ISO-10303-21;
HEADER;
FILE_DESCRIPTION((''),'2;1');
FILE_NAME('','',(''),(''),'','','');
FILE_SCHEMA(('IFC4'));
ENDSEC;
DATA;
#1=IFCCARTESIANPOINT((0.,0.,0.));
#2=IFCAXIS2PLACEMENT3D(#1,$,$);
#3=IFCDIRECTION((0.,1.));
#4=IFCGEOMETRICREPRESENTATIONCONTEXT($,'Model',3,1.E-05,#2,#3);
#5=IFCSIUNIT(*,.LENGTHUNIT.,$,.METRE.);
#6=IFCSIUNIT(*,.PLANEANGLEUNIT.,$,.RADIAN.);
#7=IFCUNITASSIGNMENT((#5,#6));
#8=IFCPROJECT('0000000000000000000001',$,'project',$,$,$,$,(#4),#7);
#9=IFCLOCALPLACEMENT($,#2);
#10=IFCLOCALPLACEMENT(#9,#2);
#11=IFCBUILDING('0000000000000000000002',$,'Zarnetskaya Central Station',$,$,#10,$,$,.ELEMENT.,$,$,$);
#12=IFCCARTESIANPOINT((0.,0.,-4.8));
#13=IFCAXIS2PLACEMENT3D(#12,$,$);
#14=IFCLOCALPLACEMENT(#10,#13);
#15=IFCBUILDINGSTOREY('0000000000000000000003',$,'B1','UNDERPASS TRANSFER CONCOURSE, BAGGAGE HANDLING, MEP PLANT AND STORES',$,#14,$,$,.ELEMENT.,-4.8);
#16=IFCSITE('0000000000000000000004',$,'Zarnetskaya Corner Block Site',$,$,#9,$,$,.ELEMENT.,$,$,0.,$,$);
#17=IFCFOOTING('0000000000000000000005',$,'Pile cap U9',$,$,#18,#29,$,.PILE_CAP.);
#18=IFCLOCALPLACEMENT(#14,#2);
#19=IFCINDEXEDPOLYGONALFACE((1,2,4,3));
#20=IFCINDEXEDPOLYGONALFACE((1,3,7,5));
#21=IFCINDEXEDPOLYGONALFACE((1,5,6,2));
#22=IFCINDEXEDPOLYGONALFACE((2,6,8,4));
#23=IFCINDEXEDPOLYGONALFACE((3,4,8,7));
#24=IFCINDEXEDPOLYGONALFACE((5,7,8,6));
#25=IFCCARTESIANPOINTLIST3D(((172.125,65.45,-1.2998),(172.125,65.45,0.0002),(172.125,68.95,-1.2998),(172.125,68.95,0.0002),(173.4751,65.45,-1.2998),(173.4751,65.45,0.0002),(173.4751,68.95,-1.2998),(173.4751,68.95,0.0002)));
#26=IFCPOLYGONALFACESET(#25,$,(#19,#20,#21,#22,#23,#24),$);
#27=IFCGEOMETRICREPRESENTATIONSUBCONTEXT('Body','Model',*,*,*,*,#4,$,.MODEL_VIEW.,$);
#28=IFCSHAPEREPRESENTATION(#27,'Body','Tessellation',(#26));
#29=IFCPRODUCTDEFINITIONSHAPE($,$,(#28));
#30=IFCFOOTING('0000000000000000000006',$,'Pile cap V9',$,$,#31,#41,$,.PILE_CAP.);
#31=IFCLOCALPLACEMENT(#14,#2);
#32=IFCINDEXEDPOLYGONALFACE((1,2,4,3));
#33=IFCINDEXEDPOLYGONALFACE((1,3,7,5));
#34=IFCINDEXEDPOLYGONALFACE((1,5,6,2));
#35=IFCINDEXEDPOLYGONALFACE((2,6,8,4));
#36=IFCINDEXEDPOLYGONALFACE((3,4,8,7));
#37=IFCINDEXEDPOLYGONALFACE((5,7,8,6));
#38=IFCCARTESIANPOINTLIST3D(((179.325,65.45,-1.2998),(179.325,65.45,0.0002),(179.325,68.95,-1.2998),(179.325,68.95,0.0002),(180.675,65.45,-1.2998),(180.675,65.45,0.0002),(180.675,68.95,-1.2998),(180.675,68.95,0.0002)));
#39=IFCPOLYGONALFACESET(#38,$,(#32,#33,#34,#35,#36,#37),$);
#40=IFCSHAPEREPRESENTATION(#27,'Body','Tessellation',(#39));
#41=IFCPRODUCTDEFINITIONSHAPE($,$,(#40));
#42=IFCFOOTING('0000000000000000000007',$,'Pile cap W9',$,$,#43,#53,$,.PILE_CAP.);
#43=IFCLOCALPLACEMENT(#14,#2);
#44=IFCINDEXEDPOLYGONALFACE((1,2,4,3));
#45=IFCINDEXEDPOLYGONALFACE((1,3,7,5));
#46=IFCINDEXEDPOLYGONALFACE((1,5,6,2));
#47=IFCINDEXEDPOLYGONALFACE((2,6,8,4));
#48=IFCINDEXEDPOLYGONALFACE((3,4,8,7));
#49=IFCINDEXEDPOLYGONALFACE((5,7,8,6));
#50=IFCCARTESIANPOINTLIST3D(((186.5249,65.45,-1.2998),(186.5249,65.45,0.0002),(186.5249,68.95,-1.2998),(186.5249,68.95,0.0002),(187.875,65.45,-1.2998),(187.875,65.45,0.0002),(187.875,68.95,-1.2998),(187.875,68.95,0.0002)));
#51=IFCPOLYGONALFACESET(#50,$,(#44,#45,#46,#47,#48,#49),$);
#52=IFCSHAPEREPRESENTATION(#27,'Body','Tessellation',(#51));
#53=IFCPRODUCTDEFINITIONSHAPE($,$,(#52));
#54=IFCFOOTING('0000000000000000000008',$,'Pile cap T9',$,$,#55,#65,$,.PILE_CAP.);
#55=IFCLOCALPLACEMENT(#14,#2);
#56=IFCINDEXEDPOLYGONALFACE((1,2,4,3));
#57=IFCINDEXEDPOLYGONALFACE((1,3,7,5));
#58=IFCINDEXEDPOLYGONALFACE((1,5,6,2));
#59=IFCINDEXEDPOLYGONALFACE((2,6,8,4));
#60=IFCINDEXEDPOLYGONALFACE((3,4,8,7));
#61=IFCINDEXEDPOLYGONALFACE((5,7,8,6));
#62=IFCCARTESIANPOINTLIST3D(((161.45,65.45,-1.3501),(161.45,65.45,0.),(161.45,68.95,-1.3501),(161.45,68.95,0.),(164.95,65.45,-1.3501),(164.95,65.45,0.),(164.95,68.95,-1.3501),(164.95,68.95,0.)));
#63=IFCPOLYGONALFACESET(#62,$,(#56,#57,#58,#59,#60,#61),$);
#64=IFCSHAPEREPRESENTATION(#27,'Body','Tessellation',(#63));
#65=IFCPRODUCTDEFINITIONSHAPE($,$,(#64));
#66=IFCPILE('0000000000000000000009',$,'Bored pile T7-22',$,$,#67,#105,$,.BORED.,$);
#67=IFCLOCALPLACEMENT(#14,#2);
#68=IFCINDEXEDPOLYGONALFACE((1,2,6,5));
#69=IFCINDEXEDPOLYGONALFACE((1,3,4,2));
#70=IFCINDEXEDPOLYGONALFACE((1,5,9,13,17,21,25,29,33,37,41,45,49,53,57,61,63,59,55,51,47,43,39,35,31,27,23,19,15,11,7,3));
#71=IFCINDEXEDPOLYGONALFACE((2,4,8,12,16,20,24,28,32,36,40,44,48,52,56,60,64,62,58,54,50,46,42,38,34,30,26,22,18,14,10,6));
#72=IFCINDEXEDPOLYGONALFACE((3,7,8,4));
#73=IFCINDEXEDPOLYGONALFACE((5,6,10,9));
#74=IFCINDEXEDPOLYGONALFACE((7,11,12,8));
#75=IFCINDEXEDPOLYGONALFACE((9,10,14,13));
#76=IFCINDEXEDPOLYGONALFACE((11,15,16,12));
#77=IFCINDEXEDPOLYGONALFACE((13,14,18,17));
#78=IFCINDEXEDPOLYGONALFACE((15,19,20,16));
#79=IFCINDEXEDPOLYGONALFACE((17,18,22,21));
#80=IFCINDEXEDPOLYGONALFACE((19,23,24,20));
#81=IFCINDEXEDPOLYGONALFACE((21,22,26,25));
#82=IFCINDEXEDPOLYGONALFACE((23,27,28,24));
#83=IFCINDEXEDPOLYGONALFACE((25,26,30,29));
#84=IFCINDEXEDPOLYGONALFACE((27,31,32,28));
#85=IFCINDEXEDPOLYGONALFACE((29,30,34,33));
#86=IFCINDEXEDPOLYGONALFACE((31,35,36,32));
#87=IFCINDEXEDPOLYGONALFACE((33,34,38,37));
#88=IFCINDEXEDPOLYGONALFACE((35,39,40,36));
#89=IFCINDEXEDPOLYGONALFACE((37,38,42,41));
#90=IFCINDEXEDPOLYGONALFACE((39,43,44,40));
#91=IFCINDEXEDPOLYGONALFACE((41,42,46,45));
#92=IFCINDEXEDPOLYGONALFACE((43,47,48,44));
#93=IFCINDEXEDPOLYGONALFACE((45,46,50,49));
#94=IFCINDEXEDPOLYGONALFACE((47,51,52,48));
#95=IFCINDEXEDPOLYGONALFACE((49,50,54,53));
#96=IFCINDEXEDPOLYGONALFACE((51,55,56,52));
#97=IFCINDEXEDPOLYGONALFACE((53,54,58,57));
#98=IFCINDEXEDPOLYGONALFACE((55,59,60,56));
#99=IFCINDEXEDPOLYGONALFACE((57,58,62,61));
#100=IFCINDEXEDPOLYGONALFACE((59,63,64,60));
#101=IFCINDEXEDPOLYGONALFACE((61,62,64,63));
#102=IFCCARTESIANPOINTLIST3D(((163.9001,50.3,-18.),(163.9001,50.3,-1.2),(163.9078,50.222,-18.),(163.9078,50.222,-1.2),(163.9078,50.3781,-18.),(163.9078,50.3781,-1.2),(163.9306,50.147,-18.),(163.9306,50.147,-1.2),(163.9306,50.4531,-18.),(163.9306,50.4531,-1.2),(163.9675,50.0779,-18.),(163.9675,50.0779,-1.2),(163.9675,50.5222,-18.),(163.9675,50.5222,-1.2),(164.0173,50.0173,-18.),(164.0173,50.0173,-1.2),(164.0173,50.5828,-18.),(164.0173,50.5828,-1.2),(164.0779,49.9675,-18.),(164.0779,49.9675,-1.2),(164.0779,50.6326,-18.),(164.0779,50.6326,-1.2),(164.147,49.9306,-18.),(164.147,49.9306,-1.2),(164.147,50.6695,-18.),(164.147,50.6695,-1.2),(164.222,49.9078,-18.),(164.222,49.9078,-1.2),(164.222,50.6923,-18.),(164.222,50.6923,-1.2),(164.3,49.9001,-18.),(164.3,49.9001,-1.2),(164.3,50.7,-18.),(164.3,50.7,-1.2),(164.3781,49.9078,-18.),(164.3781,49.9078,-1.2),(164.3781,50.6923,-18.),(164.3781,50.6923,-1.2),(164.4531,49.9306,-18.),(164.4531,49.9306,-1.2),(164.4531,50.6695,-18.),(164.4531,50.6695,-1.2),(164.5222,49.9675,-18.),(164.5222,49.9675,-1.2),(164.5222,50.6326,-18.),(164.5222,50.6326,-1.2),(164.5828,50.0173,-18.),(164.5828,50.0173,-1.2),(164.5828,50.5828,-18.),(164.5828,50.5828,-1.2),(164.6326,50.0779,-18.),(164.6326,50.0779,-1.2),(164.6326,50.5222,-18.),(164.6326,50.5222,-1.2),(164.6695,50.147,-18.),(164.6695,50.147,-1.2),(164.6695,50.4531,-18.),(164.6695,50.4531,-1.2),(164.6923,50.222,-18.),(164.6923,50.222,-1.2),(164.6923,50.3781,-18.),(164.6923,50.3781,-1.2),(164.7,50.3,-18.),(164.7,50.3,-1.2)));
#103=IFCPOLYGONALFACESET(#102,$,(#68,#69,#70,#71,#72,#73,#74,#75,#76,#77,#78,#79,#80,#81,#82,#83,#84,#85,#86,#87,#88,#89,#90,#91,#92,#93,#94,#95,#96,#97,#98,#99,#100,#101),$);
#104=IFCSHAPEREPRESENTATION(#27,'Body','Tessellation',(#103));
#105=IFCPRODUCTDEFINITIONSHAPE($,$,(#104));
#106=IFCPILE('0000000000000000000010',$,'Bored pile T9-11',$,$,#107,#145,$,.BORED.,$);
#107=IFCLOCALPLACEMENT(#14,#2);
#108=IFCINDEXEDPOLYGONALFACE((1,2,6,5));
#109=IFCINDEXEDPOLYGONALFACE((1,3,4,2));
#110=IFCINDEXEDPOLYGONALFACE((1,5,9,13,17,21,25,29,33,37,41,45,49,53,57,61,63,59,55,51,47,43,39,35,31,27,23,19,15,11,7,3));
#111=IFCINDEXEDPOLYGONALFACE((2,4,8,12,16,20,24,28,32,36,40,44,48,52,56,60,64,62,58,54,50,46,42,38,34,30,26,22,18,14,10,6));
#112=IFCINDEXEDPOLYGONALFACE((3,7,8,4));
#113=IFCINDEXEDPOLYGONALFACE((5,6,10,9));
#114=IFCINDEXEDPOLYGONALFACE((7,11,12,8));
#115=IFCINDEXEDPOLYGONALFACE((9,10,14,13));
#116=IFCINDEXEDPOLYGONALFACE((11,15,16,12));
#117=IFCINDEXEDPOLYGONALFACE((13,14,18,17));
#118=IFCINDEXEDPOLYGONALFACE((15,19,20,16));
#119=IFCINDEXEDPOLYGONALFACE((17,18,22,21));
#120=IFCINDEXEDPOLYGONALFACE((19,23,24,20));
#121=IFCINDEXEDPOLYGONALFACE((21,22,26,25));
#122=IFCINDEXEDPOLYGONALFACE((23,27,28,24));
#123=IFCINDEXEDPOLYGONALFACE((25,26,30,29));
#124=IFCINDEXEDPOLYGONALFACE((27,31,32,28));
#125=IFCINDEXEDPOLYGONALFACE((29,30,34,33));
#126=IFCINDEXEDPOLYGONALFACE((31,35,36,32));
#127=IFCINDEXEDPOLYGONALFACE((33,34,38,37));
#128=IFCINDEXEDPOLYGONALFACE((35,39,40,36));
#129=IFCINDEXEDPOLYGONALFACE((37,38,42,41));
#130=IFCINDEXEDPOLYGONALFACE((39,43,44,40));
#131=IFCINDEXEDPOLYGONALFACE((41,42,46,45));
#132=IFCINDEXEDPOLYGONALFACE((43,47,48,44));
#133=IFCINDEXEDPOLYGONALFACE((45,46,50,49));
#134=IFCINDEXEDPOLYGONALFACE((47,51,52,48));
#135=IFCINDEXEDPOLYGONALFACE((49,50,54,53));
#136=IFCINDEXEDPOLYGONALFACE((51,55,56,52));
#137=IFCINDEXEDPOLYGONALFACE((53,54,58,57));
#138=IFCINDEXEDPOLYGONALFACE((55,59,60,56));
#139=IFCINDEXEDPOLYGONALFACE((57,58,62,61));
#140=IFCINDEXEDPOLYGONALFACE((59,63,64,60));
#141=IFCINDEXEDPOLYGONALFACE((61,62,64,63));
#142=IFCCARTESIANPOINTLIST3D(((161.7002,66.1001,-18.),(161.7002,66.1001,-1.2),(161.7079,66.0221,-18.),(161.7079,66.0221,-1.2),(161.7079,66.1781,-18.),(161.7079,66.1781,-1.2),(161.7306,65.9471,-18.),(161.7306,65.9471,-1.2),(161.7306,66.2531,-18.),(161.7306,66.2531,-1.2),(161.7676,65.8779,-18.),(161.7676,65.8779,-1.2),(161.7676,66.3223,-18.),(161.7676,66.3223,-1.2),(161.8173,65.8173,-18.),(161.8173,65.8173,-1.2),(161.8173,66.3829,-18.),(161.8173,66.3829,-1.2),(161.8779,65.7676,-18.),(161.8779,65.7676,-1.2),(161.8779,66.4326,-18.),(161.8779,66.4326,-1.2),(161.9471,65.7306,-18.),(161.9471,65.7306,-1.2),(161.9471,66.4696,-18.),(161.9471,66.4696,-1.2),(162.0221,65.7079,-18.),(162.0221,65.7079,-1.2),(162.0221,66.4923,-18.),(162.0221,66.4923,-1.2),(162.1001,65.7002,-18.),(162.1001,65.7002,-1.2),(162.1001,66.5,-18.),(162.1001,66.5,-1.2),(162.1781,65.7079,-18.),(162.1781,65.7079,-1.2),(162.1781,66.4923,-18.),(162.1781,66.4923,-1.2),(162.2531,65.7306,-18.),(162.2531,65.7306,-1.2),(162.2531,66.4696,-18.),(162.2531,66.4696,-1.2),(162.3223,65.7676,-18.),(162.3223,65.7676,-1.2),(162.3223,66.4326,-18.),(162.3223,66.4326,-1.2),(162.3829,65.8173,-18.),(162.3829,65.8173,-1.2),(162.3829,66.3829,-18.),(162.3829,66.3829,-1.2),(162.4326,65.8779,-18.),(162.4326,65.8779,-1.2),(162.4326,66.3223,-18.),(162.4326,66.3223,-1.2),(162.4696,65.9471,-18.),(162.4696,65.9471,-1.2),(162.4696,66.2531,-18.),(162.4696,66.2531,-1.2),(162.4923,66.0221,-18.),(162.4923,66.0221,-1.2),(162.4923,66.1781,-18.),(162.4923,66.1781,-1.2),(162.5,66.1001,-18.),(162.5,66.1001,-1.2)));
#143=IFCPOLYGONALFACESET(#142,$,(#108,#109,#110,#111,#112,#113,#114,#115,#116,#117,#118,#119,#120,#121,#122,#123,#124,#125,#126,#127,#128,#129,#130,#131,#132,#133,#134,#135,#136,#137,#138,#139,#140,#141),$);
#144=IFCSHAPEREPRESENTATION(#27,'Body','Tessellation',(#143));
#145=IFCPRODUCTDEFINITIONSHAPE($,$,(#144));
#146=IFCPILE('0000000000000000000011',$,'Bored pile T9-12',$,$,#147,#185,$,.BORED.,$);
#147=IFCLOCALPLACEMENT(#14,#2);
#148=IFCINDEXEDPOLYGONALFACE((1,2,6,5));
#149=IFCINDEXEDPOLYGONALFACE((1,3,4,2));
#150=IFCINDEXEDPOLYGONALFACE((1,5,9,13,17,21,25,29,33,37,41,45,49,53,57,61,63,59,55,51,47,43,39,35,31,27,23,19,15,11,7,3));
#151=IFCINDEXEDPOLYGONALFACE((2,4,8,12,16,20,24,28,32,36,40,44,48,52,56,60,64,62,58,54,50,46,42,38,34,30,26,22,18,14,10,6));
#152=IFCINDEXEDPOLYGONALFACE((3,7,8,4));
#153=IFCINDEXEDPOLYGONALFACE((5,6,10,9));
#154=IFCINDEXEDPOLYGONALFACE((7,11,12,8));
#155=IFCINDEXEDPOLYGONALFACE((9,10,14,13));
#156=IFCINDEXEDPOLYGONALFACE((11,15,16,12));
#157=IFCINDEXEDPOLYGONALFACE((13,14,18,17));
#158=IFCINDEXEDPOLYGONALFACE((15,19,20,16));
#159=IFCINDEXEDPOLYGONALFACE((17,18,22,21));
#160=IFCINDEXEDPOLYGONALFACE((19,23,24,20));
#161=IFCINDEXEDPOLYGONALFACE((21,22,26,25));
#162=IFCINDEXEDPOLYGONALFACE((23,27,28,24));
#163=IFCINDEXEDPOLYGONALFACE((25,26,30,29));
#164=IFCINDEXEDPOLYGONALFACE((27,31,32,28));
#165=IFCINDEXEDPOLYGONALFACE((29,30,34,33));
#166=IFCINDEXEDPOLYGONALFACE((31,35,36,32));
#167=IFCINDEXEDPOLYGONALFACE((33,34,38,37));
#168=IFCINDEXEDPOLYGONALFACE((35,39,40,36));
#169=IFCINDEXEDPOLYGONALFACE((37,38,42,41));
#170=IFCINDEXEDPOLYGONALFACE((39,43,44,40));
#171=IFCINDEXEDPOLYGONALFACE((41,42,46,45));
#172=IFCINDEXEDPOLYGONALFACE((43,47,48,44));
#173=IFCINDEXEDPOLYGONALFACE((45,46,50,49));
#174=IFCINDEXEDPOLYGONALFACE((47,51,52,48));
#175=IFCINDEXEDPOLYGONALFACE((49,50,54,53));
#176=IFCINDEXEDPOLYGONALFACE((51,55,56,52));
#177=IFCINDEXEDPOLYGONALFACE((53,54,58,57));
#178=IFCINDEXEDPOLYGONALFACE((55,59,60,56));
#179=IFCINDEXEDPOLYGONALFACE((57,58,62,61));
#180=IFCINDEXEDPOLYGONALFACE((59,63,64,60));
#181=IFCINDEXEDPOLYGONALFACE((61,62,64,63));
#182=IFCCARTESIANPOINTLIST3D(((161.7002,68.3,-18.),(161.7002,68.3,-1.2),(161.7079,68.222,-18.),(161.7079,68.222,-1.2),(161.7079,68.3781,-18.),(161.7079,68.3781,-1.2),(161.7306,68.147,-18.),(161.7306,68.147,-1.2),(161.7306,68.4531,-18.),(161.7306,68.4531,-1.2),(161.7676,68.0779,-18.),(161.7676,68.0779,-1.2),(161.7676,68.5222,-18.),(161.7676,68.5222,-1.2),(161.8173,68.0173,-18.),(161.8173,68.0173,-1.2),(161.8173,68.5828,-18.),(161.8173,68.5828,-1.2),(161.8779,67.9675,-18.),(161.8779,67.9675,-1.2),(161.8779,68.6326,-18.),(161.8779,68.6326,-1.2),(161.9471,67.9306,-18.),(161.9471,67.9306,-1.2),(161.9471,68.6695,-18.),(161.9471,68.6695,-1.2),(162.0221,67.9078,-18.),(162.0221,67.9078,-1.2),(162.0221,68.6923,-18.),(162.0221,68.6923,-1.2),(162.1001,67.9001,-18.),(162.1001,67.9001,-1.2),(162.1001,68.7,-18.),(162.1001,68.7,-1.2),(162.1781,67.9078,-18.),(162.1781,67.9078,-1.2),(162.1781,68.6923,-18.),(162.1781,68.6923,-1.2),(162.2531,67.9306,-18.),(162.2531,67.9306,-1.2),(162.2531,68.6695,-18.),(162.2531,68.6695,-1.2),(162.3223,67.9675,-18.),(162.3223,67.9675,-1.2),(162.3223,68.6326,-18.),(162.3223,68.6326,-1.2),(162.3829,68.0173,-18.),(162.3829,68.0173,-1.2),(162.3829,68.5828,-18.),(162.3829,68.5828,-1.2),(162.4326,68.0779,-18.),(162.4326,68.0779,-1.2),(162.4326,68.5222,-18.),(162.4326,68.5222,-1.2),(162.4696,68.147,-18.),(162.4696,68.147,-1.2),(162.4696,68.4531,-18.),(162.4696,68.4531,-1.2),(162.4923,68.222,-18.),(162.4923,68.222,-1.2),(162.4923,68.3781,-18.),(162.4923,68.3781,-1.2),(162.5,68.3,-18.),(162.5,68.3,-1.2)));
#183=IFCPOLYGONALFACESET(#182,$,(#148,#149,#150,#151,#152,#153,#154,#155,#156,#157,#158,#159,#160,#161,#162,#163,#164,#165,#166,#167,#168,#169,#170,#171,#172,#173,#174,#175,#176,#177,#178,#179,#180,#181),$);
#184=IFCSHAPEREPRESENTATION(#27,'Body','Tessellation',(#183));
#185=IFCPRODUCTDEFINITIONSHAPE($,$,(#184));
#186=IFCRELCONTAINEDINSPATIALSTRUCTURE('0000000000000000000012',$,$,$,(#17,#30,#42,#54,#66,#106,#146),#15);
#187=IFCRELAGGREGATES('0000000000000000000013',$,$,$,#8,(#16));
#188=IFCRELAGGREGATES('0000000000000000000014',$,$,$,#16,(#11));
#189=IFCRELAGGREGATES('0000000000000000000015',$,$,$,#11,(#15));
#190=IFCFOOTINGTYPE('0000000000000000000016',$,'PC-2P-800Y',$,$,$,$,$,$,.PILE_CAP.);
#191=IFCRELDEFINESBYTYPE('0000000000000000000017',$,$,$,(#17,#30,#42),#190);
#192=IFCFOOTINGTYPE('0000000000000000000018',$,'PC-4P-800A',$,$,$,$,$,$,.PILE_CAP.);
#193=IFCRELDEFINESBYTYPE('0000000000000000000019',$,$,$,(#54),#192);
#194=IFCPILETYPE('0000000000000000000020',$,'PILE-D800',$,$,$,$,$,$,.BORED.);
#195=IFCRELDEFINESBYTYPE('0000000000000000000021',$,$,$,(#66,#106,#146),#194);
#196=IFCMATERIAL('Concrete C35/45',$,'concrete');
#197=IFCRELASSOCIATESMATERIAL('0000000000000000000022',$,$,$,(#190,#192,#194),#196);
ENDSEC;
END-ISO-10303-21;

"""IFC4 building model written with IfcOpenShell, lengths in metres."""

from ifc_helpers import new_model, si_unit, direction, frame, origin, origin_2d, place, context, subcontext, project, spatial, rectangle, circle, extrude, material, material_profile, profile_set, type_object, element, save


model = new_model("IFC4")

# Units and contexts
model_context = context("Model", 3, precision=1e-05, world=origin(), true_north=direction((0.0, 1.0)))
body_context = subcontext(model_context, "Body", "Model", "MODEL_VIEW")
ifc_project = project(units=[si_unit("LENGTHUNIT", "METRE"), si_unit("PLANEANGLEUNIT", "RADIAN")], contexts=[model_context])

# Site, building, storey
site_placement = place(None, origin())
site = spatial("IfcSite", under=ifc_project, at=site_placement, Name="Zarnetskaya Corner Block Site", CompositionType="ELEMENT", RefElevation=0.0)
building_placement = place(site_placement, origin())
building = spatial("IfcBuilding", under=site, at=building_placement, Name="Zarnetskaya Central Station", CompositionType="ELEMENT")
storey_placement = place(building_placement, frame((0.0, 0.0, -4.8)))
storey = spatial("IfcBuildingStorey", under=building, at=storey_placement, Name="B1", Description="UNDERPASS TRANSFER CONCOURSE, BAGGAGE HANDLING, MEP PLANT AND STORES", CompositionType="ELEMENT", Elevation=-4.8)

# Footings
ifc_material = material(Name="Concrete C35/45", Category="concrete")
footing_type_1 = type_object("IfcFootingType", Name="PC-2P-800Y", PredefinedType="PILE_CAP", material=ifc_material)
for number, where, z_axis, x_axis, name in (
    (1, (172.8, 67.2, -1.2998), (0.0, 0.0, 1.0), (1.0, 0.0, 0.0), "Pile cap U9"),
    (2, (180.0, 67.2, -1.2998), (0.0, 0.0, 1.0), (1.0, 0.0, 0.0), "Pile cap V9"),
    (3, (187.2, 67.2, -1.2998), (0.0, 0.0, 1.0), (1.0, 0.0, 0.0), "Pile cap W9"),
):
    element("IfcFooting", number, at=place(storey_placement, frame(where, z_axis=z_axis, x_axis=x_axis)), inside=storey, type_object=footing_type_1, Name=name, PredefinedType="PILE_CAP", context=body_context, shape_type="SweptSolid", body=[
        extrude(rectangle(XDim=1.3501, YDim=3.5, at=origin_2d()), origin(), (0.0, 0.0, 1.0), 1.3),
    ])
footing_type_2 = type_object("IfcFootingType", Name="PC-4P-800A", PredefinedType="PILE_CAP", material=ifc_material)
footing_placement = place(storey_placement, frame((163.2, 67.2, -1.3501), z_axis=(0.0, 0.0, 1.0), x_axis=(1.0, 0.0, 0.0)))
element("IfcFooting", 4, at=footing_placement, inside=storey, type_object=footing_type_2, Name="Pile cap T9", PredefinedType="PILE_CAP", context=body_context, shape_type="SweptSolid", body=[
    extrude(rectangle(XDim=3.5, YDim=3.5, at=origin_2d()), origin(), (0.0, 0.0, 1.0), 1.3501),
])

# Piles
ifc_material_profile_1 = material_profile(ifc_material, circle(Radius=0.3999, at=origin_2d()), Name="BORED PILE D800")
ifc_profile_set_1 = profile_set([ifc_material_profile_1], Name="Concrete C35/45")
pile_type = type_object("IfcPileType", Name="PILE-D800", PredefinedType="BORED", material=ifc_profile_set_1)
for number, where, z_axis, x_axis, name in (
    (5, (164.3, 50.3, -1.2), (0.0, 0.0, -1.0), (1.0, 0.0, 0.0), "Bored pile T7-22"),
    (6, (162.1001, 66.1001, -1.2), (0.0, 0.0, -1.0), (1.0, 0.0, 0.0), "Bored pile T9-11"),
    (7, (162.1001, 68.3, -1.2), (0.0, 0.0, -1.0), (1.0, 0.0, 0.0), "Bored pile T9-12"),
):
    element("IfcPile", number, at=place(storey_placement, frame(where, z_axis=z_axis, x_axis=x_axis)), inside=storey, type_object=pile_type, Name=name, PredefinedType="BORED", context=body_context, shape_type="SweptSolid", body=[
        extrude(circle(Radius=0.3999, at=origin_2d()), origin(), (0.0, 0.0, 1.0), 16.8),
    ])

save(model, "model.ifc")
